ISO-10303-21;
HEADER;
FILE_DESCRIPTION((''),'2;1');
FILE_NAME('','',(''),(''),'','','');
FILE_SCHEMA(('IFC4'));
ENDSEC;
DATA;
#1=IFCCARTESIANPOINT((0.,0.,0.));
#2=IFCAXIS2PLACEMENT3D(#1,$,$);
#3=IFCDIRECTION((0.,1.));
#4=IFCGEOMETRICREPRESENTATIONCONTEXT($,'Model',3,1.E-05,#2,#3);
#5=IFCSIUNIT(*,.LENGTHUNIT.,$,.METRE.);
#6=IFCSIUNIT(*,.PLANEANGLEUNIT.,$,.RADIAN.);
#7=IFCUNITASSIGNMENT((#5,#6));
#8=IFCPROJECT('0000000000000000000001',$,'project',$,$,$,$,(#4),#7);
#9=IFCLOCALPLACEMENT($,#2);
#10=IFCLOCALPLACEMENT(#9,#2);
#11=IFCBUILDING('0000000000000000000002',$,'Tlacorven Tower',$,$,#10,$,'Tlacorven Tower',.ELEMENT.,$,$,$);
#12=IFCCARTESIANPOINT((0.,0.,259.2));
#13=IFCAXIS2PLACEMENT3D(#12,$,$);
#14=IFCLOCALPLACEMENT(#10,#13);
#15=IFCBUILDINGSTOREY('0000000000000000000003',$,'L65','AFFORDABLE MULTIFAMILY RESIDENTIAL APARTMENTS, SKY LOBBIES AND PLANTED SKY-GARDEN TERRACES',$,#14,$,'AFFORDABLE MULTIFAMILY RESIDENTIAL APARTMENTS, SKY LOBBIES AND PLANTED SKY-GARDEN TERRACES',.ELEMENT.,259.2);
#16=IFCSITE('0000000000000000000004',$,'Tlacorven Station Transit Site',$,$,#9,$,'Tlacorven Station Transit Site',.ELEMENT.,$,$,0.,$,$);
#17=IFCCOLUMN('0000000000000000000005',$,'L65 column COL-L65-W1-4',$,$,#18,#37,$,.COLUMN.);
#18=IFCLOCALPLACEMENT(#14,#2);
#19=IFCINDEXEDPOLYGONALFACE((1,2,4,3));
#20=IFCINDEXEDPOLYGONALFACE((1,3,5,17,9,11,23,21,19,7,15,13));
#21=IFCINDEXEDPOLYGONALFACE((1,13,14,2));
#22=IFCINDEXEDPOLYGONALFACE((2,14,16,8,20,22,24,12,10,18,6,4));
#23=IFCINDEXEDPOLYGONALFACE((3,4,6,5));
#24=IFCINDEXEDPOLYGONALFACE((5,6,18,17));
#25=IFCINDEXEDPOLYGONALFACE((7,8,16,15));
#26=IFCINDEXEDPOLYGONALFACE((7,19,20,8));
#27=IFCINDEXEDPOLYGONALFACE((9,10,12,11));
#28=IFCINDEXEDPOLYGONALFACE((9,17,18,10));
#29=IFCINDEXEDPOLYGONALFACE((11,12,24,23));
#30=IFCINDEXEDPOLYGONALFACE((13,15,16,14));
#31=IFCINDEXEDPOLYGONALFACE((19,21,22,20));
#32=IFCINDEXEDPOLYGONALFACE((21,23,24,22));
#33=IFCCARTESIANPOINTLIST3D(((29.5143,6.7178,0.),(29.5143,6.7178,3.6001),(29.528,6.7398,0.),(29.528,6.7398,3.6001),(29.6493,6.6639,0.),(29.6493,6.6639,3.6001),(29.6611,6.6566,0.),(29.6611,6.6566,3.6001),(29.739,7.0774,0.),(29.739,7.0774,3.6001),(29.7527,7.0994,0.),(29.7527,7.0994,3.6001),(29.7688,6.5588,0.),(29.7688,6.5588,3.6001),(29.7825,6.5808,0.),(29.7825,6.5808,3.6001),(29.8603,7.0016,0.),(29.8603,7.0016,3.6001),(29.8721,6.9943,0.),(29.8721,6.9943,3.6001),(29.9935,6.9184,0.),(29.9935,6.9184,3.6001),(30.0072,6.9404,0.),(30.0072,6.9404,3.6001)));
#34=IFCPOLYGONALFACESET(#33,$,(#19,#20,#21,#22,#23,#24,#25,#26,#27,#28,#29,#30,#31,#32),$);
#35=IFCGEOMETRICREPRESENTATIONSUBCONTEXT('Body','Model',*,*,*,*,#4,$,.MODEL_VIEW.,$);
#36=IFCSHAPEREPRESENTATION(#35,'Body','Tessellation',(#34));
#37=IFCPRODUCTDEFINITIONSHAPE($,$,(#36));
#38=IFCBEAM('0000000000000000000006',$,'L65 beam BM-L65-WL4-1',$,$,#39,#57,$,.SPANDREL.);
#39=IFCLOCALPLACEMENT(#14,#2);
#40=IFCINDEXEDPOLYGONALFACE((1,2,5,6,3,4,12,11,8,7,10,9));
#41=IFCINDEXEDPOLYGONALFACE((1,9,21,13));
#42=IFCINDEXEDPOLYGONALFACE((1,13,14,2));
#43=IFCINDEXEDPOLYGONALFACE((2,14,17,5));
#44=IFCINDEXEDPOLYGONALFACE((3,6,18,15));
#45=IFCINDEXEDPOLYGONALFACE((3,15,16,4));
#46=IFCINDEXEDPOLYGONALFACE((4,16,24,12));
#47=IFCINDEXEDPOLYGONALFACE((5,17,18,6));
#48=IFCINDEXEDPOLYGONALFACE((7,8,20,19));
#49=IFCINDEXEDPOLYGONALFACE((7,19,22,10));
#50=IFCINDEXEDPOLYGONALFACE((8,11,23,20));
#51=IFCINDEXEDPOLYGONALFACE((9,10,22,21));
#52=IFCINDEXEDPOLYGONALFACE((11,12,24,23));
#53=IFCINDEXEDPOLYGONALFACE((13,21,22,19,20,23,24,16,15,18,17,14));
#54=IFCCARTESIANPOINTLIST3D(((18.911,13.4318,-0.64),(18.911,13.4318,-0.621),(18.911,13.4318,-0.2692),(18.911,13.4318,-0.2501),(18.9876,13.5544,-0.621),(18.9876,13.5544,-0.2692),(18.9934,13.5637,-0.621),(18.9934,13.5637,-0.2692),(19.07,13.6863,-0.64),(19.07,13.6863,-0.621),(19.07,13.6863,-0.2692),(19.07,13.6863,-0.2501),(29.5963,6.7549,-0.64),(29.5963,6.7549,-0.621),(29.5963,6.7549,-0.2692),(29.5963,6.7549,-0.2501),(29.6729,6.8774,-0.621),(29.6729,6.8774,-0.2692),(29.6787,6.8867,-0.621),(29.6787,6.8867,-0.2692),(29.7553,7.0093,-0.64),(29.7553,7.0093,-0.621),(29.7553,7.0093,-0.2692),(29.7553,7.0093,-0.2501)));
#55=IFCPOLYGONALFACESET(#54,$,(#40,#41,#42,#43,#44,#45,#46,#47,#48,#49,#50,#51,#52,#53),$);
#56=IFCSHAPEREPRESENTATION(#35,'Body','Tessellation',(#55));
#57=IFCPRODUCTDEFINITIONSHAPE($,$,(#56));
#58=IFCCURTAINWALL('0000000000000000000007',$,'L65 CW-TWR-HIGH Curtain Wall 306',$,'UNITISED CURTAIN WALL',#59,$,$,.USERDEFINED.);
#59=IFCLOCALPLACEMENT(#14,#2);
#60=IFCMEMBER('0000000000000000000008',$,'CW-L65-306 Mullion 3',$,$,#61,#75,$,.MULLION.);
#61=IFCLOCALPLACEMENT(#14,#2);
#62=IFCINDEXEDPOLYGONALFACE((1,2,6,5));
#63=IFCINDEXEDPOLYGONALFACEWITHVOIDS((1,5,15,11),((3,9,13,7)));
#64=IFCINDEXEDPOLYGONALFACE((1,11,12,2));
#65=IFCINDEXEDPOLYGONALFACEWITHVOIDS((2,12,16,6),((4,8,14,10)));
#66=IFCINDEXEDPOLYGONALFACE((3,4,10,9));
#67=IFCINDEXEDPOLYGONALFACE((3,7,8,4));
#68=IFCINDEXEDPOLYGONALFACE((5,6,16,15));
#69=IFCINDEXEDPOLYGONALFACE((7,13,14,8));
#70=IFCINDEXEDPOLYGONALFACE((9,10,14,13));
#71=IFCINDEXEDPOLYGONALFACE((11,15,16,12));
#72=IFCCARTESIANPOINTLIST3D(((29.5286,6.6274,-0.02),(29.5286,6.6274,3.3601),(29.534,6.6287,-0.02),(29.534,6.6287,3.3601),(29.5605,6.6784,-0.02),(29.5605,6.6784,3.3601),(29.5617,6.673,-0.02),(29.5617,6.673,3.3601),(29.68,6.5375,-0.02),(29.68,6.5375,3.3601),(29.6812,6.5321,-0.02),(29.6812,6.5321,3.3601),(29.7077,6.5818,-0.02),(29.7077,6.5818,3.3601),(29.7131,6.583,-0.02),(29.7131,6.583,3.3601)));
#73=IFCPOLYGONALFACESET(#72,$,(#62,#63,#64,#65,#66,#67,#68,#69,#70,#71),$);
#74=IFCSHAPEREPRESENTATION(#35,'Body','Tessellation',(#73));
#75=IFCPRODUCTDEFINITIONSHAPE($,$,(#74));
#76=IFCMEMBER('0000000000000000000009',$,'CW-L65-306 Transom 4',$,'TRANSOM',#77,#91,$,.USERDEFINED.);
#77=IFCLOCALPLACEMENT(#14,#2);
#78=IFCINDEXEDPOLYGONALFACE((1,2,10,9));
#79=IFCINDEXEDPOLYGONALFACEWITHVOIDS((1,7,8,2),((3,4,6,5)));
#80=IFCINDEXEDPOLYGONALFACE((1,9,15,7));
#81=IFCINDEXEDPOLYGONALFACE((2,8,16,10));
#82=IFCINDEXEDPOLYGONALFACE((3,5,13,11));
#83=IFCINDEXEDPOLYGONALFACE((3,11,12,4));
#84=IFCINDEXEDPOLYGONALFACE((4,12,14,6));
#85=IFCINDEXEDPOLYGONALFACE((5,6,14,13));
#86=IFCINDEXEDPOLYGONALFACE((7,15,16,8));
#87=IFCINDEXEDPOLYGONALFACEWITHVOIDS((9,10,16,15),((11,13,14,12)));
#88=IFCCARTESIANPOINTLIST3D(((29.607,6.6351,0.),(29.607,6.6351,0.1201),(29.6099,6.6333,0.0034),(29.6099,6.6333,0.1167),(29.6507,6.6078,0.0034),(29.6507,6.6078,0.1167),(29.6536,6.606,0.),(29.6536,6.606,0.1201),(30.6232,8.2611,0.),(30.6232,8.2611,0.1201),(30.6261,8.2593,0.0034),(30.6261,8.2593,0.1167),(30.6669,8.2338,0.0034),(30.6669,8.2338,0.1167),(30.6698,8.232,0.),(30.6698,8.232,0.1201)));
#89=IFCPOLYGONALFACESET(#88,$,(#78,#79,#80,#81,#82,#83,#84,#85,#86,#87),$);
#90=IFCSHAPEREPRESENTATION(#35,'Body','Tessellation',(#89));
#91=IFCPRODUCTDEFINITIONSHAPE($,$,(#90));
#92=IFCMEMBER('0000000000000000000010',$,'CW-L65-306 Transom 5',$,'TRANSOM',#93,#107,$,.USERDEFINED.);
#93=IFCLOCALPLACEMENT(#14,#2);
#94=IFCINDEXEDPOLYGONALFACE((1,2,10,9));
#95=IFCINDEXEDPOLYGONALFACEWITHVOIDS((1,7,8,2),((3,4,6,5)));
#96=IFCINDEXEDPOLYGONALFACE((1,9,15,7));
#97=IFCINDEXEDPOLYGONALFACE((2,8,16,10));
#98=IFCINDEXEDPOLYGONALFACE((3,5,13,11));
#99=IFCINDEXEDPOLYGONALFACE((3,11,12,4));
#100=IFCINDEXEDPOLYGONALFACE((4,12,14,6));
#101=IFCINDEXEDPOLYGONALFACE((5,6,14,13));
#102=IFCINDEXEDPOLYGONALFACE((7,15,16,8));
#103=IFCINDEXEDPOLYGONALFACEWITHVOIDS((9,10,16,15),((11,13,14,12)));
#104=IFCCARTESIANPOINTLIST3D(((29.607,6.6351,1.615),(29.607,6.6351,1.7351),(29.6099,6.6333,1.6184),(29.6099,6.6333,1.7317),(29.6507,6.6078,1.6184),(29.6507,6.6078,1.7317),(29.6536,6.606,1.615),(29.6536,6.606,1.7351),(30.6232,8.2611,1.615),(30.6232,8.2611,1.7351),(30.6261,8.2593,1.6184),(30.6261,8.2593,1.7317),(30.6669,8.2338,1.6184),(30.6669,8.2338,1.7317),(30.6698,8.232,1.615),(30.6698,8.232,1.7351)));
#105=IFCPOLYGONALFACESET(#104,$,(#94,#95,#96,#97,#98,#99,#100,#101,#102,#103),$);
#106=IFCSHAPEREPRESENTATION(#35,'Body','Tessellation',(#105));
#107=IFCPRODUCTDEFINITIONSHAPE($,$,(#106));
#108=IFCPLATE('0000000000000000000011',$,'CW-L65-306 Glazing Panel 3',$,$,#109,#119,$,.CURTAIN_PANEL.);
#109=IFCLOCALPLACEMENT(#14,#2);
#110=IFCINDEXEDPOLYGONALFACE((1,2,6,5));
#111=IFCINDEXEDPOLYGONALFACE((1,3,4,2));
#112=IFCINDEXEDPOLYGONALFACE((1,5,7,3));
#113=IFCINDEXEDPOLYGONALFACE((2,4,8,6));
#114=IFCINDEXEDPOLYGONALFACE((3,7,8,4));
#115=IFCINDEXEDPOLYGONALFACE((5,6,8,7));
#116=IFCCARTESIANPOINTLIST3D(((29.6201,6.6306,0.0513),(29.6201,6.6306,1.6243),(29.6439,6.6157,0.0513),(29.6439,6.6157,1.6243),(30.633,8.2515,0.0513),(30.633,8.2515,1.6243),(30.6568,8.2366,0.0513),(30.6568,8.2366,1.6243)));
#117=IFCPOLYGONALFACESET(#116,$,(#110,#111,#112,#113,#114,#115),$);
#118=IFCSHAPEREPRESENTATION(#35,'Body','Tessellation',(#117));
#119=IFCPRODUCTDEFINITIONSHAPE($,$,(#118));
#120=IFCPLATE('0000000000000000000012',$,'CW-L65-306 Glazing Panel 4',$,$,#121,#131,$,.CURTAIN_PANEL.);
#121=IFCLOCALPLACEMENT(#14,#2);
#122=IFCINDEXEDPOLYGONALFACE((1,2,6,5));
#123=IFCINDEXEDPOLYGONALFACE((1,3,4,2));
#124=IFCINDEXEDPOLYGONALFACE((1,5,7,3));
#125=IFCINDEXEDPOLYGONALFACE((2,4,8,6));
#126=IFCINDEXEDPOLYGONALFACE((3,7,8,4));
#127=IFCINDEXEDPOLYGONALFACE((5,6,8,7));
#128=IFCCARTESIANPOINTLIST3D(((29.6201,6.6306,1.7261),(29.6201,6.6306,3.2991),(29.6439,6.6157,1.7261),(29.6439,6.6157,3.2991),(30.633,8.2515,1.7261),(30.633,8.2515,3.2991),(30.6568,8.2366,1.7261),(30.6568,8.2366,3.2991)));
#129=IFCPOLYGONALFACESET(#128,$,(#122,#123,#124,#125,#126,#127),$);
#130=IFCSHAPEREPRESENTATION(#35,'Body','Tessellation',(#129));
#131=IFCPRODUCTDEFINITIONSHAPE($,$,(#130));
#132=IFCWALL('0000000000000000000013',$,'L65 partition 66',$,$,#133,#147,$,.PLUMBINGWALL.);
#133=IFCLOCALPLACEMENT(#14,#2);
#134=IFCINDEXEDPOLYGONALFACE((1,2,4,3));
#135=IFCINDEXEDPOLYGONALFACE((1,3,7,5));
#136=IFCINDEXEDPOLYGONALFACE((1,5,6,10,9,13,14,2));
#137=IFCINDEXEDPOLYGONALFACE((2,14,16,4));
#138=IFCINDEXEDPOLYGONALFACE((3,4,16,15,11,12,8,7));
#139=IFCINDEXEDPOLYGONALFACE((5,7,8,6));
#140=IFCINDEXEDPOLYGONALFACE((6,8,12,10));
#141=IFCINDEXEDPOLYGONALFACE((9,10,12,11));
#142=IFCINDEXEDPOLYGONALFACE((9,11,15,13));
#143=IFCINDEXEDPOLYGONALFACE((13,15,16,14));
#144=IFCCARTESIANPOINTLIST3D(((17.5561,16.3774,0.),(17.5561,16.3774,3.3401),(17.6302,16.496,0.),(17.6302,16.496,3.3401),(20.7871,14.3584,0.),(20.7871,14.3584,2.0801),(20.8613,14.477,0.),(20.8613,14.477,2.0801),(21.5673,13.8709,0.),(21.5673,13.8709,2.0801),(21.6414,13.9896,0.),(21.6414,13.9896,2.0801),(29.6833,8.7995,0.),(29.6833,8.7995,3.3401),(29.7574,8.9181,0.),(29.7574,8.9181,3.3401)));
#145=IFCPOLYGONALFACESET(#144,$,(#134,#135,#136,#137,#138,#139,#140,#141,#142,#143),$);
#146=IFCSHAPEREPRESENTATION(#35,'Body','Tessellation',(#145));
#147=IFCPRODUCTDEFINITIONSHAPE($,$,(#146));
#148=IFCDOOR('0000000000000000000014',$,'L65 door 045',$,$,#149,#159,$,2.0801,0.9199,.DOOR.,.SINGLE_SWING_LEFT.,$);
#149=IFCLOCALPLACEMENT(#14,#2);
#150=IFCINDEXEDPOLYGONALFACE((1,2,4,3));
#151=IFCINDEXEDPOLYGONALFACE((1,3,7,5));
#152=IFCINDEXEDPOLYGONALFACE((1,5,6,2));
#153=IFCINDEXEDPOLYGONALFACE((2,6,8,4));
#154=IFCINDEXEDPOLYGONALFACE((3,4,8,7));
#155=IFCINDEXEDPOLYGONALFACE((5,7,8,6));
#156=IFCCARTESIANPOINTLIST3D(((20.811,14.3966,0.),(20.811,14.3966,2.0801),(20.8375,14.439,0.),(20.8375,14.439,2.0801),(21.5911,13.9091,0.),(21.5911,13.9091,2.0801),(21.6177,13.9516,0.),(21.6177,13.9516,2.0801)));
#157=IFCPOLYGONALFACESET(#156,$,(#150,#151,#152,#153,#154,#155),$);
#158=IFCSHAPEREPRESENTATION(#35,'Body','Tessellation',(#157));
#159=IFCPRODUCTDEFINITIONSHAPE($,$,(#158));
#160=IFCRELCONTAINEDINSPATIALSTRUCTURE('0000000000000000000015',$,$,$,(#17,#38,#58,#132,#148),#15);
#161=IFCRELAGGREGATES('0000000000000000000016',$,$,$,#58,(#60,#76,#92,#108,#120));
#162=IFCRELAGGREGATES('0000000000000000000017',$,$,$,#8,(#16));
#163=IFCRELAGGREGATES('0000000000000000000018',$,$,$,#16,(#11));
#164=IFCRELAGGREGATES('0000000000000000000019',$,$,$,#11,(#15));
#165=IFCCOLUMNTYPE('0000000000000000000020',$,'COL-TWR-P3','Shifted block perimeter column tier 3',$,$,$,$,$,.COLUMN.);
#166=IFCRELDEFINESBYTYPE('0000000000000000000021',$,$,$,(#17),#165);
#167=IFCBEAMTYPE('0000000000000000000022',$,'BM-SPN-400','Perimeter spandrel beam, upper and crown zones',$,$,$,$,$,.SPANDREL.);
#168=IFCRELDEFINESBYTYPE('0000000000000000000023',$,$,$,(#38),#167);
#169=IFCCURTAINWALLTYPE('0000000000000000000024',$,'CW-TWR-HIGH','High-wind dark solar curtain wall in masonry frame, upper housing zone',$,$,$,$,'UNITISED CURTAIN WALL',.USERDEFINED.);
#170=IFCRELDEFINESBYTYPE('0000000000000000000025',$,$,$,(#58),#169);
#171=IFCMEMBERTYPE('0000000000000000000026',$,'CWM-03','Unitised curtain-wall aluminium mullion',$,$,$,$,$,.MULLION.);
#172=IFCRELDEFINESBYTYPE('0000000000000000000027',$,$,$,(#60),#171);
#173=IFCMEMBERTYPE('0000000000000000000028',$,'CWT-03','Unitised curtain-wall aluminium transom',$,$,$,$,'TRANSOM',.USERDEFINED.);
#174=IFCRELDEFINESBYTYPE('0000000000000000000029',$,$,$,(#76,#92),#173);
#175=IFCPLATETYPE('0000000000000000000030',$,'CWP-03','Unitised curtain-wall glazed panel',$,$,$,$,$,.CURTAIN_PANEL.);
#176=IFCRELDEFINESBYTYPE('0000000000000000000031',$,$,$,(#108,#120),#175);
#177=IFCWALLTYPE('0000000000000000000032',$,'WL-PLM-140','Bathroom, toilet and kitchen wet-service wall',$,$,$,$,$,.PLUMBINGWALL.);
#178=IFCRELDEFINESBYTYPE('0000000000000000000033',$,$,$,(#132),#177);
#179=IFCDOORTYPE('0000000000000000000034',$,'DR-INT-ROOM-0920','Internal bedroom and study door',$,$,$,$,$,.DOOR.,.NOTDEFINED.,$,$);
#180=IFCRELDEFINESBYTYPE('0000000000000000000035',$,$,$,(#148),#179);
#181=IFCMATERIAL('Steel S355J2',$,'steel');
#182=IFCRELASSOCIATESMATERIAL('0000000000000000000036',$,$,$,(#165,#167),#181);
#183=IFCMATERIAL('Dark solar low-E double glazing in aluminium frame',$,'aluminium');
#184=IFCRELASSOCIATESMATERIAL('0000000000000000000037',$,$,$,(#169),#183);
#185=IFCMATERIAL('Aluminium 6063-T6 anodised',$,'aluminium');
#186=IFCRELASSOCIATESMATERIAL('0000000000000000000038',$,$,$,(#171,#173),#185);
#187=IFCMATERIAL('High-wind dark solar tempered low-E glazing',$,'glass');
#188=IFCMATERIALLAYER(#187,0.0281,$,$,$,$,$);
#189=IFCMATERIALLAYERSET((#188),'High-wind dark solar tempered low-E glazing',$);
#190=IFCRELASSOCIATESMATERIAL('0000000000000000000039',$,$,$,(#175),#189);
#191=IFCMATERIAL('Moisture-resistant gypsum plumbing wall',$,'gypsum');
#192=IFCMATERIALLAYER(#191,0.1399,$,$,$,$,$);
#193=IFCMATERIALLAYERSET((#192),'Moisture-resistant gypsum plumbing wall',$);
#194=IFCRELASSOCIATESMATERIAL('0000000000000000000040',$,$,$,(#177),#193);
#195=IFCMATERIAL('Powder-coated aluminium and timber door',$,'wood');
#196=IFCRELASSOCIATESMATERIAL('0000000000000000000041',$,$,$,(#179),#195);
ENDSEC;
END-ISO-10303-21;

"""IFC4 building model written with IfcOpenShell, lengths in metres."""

from ifc_helpers import new_model, si_unit, direction, frame, frame_2d, origin, origin_2d, place, context, subcontext, project, spatial, rectangle, hollow_rectangle, i_section, extrude, source, transform, mapped, material, layer, layer_set, material_profile, profile_set, type_object, element, fill, aggregate, save


model = new_model("IFC4")

# Units and contexts
model_context = context("Model", 3, precision=1e-05, world=origin(), true_north=direction((0.0, 1.0)))
body_context = subcontext(model_context, "Body", "Model", "MODEL_VIEW")
ifc_project = project(units=[si_unit("LENGTHUNIT", "METRE"), si_unit("PLANEANGLEUNIT", "RADIAN")], contexts=[model_context])

# Site, building, storey
site_placement = place(None, origin())
site = spatial("IfcSite", under=ifc_project, at=site_placement, Name="Tlacorven Station Transit Site", LongName="Tlacorven Station Transit Site", CompositionType="ELEMENT", RefElevation=0.0)
building_placement = place(site_placement, origin())
building = spatial("IfcBuilding", under=site, at=building_placement, Name="Tlacorven Tower", LongName="Tlacorven Tower", CompositionType="ELEMENT")
storey_placement = place(building_placement, frame((0.0, 0.0, 259.2)))
storey = spatial("IfcBuildingStorey", under=building, at=storey_placement, Name="L65", Description="AFFORDABLE MULTIFAMILY RESIDENTIAL APARTMENTS, SKY LOBBIES AND PLANTED SKY-GARDEN TERRACES", LongName="AFFORDABLE MULTIFAMILY RESIDENTIAL APARTMENTS, SKY LOBBIES AND PLANTED SKY-GARDEN TERRACES", CompositionType="ELEMENT", Elevation=259.2)

# Column
ifc_material_1 = material(Name="Steel S355J2", Category="steel")
ifc_material_profile_1 = material_profile(ifc_material_1, i_section(OverallWidth=0.3, OverallDepth=0.45, WebThickness=0.0139, FlangeThickness=0.0259, at=origin_2d()), Name="HEB 450")
ifc_profile_set_1 = profile_set([ifc_material_profile_1], Name="Steel S355J2")
column_type = type_object("IfcColumnType", Name="COL-TWR-P3", Description="Shifted block perimeter column tier 3", PredefinedType="COLUMN", material=ifc_profile_set_1)
shared_shape_1 = source(origin(), body_context, "Body", "SweptSolid", [
    extrude(i_section(OverallWidth=0.3, OverallDepth=0.45, WebThickness=0.0139, FlangeThickness=0.0259, at=origin_2d()), origin(), (0.0, 0.0, 1.0), 3.6001),
])
column_placement = place(storey_placement, frame((29.7607, 6.8291, 0.0), z_axis=(0.0, 0.0, 1.0), x_axis=(-0.848048, 0.529919, 0.0)))
element("IfcColumn", 1, at=column_placement, inside=storey, type_object=column_type, Name="L65 column COL-L65-W1-4", PredefinedType="COLUMN", context=body_context, shape_type="MappedRepresentation", body=[
    mapped(shared_shape_1, transform((0.0, 0.0, 0.0), scale=1.0)),
])

# Beam
ifc_material_profile_2 = material_profile(ifc_material_1, i_section(OverallWidth=0.3, OverallDepth=0.3899, WebThickness=0.011, FlangeThickness=0.019, at=origin_2d()), Name="HEA 400")
ifc_profile_set_2 = profile_set([ifc_material_profile_2], Name="Steel S355J2")
beam_type = type_object("IfcBeamType", Name="BM-SPN-400", Description="Perimeter spandrel beam, upper and crown zones", PredefinedType="SPANDREL", material=ifc_profile_set_2)
shared_shape_2 = source(origin(), body_context, "Body", "SweptSolid", [
    extrude(i_section(OverallWidth=0.3, OverallDepth=0.3899, WebThickness=0.011, FlangeThickness=0.019, at=origin_2d()), origin(), (0.0, 0.0, 1.0), 12.5999),
])
beam_placement = place(storey_placement, frame((29.6758, 6.8821, -0.4451), z_axis=(-0.848045, 0.529924, 0.0), x_axis=(-0.529924, -0.848045, 0.0)))
element("IfcBeam", 2, at=beam_placement, inside=storey, type_object=beam_type, Name="L65 beam BM-L65-WL4-1", PredefinedType="SPANDREL", context=body_context, shape_type="MappedRepresentation", body=[
    mapped(shared_shape_2, transform((0.0, 0.0, 0.0), scale=1.0)),
])

# Curtain wall, members, plates
ifc_material_2 = material(Name="Dark solar low-E double glazing in aluminium frame", Category="aluminium")
curtain_wall_type = type_object("IfcCurtainWallType", Name="CW-TWR-HIGH", Description="High-wind dark solar curtain wall in masonry frame, upper housing zone", ElementType="UNITISED CURTAIN WALL", PredefinedType="USERDEFINED", material=ifc_material_2)
curtain_wall_placement = place(storey_placement, origin())
curtain_wall = element("IfcCurtainWall", 3, at=curtain_wall_placement, inside=storey, type_object=curtain_wall_type, Name="L65 CW-TWR-HIGH Curtain Wall 306", ObjectType="UNITISED CURTAIN WALL", PredefinedType="USERDEFINED")
ifc_material_3 = material(Name="Aluminium 6063-T6 anodised", Category="aluminium")
ifc_material_profile_3 = material_profile(ifc_material_3, hollow_rectangle(XDim=0.0601, YDim=0.1799, WallThickness=0.0039, at=origin_2d()), Name="ALU MULLION 60X180")
ifc_profile_set_3 = profile_set([ifc_material_profile_3], Name="Aluminium 6063-T6 anodised")
member_type_1 = type_object("IfcMemberType", Name="CWM-03", Description="Unitised curtain-wall aluminium mullion", PredefinedType="MULLION", material=ifc_profile_set_3)
shared_shape_3 = source(origin(), body_context, "Body", "SweptSolid", [
    extrude(hollow_rectangle(XDim=0.0601, YDim=0.1799, WallThickness=0.0039, at=origin_2d()), origin(), (0.0, 0.0, 1.0), 3.3801),
])
member_1_placement = place(storey_placement, frame((29.6208, 6.6052, -0.02), z_axis=(0.0, 0.0, 1.0), x_axis=(-0.529919, -0.848048, 0.0)))
member_1 = element("IfcMember", 4, at=member_1_placement, type_object=member_type_1, Name="CW-L65-306 Mullion 3", PredefinedType="MULLION", context=body_context, shape_type="MappedRepresentation", body=[
    mapped(shared_shape_3, transform((0.0, 0.0, 0.0), scale=1.0)),
])
ifc_material_profile_4 = material_profile(ifc_material_3, hollow_rectangle(XDim=0.0549, YDim=0.1201, WallThickness=0.0034, at=origin_2d()), Name="ALU TRANSOM 55X120")
ifc_profile_set_4 = profile_set([ifc_material_profile_4], Name="Aluminium 6063-T6 anodised")
member_type_2 = type_object("IfcMemberType", Name="CWT-03", Description="Unitised curtain-wall aluminium transom", ElementType="TRANSOM", PredefinedType="USERDEFINED", material=ifc_profile_set_4)
shared_shape_4 = source(origin(), body_context, "Body", "SweptSolid", [
    extrude(hollow_rectangle(XDim=0.0549, YDim=0.1201, WallThickness=0.0034, at=origin_2d()), origin(), (0.0, 0.0, 1.0), 1.9175),
])
member_2_placement = place(storey_placement, frame((30.6465, 8.2466, 0.0601), z_axis=(-0.529953, -0.848027, 0.0), x_axis=(0.848027, -0.529953, 0.0)))
member_2 = element("IfcMember", 5, at=member_2_placement, type_object=member_type_2, Name="CW-L65-306 Transom 4", ObjectType="TRANSOM", PredefinedType="USERDEFINED", context=body_context, shape_type="MappedRepresentation", body=[
    mapped(shared_shape_4, transform((0.0, 0.0, 0.0), scale=1.0)),
])
member_3_placement = place(storey_placement, frame((30.6465, 8.2466, 1.675), z_axis=(-0.529953, -0.848027, 0.0), x_axis=(0.848027, -0.529953, 0.0)))
member_3 = element("IfcMember", 6, at=member_3_placement, type_object=member_type_2, Name="CW-L65-306 Transom 5", ObjectType="TRANSOM", PredefinedType="USERDEFINED", context=body_context, shape_type="MappedRepresentation", body=[
    mapped(shared_shape_4, transform((0.0, 0.0, 0.0), scale=1.0)),
])
ifc_material_4 = material(Name="High-wind dark solar tempered low-E glazing", Category="glass")
ifc_layer_1 = layer(ifc_material_4, 0.0281)
ifc_layer_set_1 = layer_set([ifc_layer_1], Name="High-wind dark solar tempered low-E glazing")
plate_type = type_object("IfcPlateType", Name="CWP-03", Description="Unitised curtain-wall glazed panel", PredefinedType="CURTAIN_PANEL", material=ifc_layer_set_1)
shared_shape_5 = source(origin(), body_context, "Body", "SweptSolid", [
    extrude(rectangle(XDim=1.9114, YDim=0.0281, at=origin_2d()), origin(), (0.0, 0.0, 1.0), 1.573),
])
plate_1_placement = place(storey_placement, frame((30.1384, 7.4336, 0.0513), z_axis=(0.0, 0.0, 1.0), x_axis=(-0.529919, -0.848048, 0.0)))
plate_1 = element("IfcPlate", 7, at=plate_1_placement, type_object=plate_type, Name="CW-L65-306 Glazing Panel 3", PredefinedType="CURTAIN_PANEL", context=body_context, shape_type="MappedRepresentation", body=[
    mapped(shared_shape_5, transform((0.0, 0.0, 0.0), scale=1.0)),
])
plate_2_placement = place(storey_placement, frame((30.1384, 7.4336, 1.7261), z_axis=(0.0, 0.0, 1.0), x_axis=(-0.529919, -0.848048, 0.0)))
plate_2 = element("IfcPlate", 8, at=plate_2_placement, type_object=plate_type, Name="CW-L65-306 Glazing Panel 4", PredefinedType="CURTAIN_PANEL", context=body_context, shape_type="MappedRepresentation", body=[
    mapped(shared_shape_5, transform((0.0, 0.0, 0.0), scale=1.0)),
])
aggregate(curtain_wall, [member_1, member_2, member_3, plate_1, plate_2])

# Shared definitions
ifc_material_5 = material(Name="Powder-coated aluminium and timber door", Category="wood")

# Wall, opening, door
ifc_material_6 = material(Name="Moisture-resistant gypsum plumbing wall", Category="gypsum")
ifc_layer_2 = layer(ifc_material_6, 0.1399)
ifc_layer_set_2 = layer_set([ifc_layer_2], Name="Moisture-resistant gypsum plumbing wall")
wall_type_1 = type_object("IfcWallType", Name="WL-PLM-140", Description="Bathroom, toilet and kitchen wet-service wall", PredefinedType="PLUMBINGWALL", material=ifc_layer_set_2)
wall_1_placement = place(storey_placement, frame((29.7202, 8.8589, 0.0), z_axis=(0.0, 0.0, 1.0), x_axis=(-0.848049, 0.529918, 0.0)))
wall_1 = element("IfcWall", 9, at=wall_1_placement, inside=storey, type_object=wall_type_1, Name="L65 partition 66", PredefinedType="PLUMBINGWALL", context=body_context, shape_type="SweptSolid", body=[
    extrude(rectangle(XDim=14.3, YDim=0.1399, at=frame_2d((7.1499, 0.0))), origin(), (0.0, 0.0, 1.0), 3.3401),
])
opening_1_placement = place(wall_1_placement, frame((9.5701, 0.0, 0.0)))
opening_1 = element("IfcOpeningElement", 10, at=opening_1_placement, cuts=wall_1, PredefinedType="OPENING", context=body_context, shape_type="SweptSolid", body=[
    extrude(rectangle(XDim=0.9199, YDim=2.0801, at=frame_2d((0.46, 1.04))), frame((0.0, 0.0801, 0.0), z_axis=(0.0, -1.0, 0.0), x_axis=(1.0, 0.0, 0.0)), (0.0, 0.0, 1.0), 0.1599),
])
door_type_1 = type_object("IfcDoorType", Name="DR-INT-ROOM-0920", Description="Internal bedroom and study door", OperationType="NOTDEFINED", PredefinedType="DOOR", material=ifc_material_5)
shared_shape_6 = source(origin(), body_context, "Body", "SweptSolid", [
    extrude(rectangle(XDim=0.9199, YDim=2.0801, at=frame_2d((0.46, 1.04))), frame((0.0, 0.0249, 0.0), z_axis=(0.0, -1.0, 0.0), x_axis=(1.0, 0.0, 0.0)), (0.0, 0.0, 1.0), 0.05),
])
door_1_placement = place(opening_1_placement, origin())
door_1 = element("IfcDoor", 11, at=door_1_placement, inside=storey, type_object=door_type_1, Name="L65 door 045", OperationType="SINGLE_SWING_LEFT", OverallHeight=2.0801, OverallWidth=0.9199, PredefinedType="DOOR", context=body_context, shape_type="MappedRepresentation", body=[
    mapped(shared_shape_6, transform((0.0, 0.0, 0.0), scale=1.0)),
])
fill(opening_1, door_1)

save(model, "model.ifc")
